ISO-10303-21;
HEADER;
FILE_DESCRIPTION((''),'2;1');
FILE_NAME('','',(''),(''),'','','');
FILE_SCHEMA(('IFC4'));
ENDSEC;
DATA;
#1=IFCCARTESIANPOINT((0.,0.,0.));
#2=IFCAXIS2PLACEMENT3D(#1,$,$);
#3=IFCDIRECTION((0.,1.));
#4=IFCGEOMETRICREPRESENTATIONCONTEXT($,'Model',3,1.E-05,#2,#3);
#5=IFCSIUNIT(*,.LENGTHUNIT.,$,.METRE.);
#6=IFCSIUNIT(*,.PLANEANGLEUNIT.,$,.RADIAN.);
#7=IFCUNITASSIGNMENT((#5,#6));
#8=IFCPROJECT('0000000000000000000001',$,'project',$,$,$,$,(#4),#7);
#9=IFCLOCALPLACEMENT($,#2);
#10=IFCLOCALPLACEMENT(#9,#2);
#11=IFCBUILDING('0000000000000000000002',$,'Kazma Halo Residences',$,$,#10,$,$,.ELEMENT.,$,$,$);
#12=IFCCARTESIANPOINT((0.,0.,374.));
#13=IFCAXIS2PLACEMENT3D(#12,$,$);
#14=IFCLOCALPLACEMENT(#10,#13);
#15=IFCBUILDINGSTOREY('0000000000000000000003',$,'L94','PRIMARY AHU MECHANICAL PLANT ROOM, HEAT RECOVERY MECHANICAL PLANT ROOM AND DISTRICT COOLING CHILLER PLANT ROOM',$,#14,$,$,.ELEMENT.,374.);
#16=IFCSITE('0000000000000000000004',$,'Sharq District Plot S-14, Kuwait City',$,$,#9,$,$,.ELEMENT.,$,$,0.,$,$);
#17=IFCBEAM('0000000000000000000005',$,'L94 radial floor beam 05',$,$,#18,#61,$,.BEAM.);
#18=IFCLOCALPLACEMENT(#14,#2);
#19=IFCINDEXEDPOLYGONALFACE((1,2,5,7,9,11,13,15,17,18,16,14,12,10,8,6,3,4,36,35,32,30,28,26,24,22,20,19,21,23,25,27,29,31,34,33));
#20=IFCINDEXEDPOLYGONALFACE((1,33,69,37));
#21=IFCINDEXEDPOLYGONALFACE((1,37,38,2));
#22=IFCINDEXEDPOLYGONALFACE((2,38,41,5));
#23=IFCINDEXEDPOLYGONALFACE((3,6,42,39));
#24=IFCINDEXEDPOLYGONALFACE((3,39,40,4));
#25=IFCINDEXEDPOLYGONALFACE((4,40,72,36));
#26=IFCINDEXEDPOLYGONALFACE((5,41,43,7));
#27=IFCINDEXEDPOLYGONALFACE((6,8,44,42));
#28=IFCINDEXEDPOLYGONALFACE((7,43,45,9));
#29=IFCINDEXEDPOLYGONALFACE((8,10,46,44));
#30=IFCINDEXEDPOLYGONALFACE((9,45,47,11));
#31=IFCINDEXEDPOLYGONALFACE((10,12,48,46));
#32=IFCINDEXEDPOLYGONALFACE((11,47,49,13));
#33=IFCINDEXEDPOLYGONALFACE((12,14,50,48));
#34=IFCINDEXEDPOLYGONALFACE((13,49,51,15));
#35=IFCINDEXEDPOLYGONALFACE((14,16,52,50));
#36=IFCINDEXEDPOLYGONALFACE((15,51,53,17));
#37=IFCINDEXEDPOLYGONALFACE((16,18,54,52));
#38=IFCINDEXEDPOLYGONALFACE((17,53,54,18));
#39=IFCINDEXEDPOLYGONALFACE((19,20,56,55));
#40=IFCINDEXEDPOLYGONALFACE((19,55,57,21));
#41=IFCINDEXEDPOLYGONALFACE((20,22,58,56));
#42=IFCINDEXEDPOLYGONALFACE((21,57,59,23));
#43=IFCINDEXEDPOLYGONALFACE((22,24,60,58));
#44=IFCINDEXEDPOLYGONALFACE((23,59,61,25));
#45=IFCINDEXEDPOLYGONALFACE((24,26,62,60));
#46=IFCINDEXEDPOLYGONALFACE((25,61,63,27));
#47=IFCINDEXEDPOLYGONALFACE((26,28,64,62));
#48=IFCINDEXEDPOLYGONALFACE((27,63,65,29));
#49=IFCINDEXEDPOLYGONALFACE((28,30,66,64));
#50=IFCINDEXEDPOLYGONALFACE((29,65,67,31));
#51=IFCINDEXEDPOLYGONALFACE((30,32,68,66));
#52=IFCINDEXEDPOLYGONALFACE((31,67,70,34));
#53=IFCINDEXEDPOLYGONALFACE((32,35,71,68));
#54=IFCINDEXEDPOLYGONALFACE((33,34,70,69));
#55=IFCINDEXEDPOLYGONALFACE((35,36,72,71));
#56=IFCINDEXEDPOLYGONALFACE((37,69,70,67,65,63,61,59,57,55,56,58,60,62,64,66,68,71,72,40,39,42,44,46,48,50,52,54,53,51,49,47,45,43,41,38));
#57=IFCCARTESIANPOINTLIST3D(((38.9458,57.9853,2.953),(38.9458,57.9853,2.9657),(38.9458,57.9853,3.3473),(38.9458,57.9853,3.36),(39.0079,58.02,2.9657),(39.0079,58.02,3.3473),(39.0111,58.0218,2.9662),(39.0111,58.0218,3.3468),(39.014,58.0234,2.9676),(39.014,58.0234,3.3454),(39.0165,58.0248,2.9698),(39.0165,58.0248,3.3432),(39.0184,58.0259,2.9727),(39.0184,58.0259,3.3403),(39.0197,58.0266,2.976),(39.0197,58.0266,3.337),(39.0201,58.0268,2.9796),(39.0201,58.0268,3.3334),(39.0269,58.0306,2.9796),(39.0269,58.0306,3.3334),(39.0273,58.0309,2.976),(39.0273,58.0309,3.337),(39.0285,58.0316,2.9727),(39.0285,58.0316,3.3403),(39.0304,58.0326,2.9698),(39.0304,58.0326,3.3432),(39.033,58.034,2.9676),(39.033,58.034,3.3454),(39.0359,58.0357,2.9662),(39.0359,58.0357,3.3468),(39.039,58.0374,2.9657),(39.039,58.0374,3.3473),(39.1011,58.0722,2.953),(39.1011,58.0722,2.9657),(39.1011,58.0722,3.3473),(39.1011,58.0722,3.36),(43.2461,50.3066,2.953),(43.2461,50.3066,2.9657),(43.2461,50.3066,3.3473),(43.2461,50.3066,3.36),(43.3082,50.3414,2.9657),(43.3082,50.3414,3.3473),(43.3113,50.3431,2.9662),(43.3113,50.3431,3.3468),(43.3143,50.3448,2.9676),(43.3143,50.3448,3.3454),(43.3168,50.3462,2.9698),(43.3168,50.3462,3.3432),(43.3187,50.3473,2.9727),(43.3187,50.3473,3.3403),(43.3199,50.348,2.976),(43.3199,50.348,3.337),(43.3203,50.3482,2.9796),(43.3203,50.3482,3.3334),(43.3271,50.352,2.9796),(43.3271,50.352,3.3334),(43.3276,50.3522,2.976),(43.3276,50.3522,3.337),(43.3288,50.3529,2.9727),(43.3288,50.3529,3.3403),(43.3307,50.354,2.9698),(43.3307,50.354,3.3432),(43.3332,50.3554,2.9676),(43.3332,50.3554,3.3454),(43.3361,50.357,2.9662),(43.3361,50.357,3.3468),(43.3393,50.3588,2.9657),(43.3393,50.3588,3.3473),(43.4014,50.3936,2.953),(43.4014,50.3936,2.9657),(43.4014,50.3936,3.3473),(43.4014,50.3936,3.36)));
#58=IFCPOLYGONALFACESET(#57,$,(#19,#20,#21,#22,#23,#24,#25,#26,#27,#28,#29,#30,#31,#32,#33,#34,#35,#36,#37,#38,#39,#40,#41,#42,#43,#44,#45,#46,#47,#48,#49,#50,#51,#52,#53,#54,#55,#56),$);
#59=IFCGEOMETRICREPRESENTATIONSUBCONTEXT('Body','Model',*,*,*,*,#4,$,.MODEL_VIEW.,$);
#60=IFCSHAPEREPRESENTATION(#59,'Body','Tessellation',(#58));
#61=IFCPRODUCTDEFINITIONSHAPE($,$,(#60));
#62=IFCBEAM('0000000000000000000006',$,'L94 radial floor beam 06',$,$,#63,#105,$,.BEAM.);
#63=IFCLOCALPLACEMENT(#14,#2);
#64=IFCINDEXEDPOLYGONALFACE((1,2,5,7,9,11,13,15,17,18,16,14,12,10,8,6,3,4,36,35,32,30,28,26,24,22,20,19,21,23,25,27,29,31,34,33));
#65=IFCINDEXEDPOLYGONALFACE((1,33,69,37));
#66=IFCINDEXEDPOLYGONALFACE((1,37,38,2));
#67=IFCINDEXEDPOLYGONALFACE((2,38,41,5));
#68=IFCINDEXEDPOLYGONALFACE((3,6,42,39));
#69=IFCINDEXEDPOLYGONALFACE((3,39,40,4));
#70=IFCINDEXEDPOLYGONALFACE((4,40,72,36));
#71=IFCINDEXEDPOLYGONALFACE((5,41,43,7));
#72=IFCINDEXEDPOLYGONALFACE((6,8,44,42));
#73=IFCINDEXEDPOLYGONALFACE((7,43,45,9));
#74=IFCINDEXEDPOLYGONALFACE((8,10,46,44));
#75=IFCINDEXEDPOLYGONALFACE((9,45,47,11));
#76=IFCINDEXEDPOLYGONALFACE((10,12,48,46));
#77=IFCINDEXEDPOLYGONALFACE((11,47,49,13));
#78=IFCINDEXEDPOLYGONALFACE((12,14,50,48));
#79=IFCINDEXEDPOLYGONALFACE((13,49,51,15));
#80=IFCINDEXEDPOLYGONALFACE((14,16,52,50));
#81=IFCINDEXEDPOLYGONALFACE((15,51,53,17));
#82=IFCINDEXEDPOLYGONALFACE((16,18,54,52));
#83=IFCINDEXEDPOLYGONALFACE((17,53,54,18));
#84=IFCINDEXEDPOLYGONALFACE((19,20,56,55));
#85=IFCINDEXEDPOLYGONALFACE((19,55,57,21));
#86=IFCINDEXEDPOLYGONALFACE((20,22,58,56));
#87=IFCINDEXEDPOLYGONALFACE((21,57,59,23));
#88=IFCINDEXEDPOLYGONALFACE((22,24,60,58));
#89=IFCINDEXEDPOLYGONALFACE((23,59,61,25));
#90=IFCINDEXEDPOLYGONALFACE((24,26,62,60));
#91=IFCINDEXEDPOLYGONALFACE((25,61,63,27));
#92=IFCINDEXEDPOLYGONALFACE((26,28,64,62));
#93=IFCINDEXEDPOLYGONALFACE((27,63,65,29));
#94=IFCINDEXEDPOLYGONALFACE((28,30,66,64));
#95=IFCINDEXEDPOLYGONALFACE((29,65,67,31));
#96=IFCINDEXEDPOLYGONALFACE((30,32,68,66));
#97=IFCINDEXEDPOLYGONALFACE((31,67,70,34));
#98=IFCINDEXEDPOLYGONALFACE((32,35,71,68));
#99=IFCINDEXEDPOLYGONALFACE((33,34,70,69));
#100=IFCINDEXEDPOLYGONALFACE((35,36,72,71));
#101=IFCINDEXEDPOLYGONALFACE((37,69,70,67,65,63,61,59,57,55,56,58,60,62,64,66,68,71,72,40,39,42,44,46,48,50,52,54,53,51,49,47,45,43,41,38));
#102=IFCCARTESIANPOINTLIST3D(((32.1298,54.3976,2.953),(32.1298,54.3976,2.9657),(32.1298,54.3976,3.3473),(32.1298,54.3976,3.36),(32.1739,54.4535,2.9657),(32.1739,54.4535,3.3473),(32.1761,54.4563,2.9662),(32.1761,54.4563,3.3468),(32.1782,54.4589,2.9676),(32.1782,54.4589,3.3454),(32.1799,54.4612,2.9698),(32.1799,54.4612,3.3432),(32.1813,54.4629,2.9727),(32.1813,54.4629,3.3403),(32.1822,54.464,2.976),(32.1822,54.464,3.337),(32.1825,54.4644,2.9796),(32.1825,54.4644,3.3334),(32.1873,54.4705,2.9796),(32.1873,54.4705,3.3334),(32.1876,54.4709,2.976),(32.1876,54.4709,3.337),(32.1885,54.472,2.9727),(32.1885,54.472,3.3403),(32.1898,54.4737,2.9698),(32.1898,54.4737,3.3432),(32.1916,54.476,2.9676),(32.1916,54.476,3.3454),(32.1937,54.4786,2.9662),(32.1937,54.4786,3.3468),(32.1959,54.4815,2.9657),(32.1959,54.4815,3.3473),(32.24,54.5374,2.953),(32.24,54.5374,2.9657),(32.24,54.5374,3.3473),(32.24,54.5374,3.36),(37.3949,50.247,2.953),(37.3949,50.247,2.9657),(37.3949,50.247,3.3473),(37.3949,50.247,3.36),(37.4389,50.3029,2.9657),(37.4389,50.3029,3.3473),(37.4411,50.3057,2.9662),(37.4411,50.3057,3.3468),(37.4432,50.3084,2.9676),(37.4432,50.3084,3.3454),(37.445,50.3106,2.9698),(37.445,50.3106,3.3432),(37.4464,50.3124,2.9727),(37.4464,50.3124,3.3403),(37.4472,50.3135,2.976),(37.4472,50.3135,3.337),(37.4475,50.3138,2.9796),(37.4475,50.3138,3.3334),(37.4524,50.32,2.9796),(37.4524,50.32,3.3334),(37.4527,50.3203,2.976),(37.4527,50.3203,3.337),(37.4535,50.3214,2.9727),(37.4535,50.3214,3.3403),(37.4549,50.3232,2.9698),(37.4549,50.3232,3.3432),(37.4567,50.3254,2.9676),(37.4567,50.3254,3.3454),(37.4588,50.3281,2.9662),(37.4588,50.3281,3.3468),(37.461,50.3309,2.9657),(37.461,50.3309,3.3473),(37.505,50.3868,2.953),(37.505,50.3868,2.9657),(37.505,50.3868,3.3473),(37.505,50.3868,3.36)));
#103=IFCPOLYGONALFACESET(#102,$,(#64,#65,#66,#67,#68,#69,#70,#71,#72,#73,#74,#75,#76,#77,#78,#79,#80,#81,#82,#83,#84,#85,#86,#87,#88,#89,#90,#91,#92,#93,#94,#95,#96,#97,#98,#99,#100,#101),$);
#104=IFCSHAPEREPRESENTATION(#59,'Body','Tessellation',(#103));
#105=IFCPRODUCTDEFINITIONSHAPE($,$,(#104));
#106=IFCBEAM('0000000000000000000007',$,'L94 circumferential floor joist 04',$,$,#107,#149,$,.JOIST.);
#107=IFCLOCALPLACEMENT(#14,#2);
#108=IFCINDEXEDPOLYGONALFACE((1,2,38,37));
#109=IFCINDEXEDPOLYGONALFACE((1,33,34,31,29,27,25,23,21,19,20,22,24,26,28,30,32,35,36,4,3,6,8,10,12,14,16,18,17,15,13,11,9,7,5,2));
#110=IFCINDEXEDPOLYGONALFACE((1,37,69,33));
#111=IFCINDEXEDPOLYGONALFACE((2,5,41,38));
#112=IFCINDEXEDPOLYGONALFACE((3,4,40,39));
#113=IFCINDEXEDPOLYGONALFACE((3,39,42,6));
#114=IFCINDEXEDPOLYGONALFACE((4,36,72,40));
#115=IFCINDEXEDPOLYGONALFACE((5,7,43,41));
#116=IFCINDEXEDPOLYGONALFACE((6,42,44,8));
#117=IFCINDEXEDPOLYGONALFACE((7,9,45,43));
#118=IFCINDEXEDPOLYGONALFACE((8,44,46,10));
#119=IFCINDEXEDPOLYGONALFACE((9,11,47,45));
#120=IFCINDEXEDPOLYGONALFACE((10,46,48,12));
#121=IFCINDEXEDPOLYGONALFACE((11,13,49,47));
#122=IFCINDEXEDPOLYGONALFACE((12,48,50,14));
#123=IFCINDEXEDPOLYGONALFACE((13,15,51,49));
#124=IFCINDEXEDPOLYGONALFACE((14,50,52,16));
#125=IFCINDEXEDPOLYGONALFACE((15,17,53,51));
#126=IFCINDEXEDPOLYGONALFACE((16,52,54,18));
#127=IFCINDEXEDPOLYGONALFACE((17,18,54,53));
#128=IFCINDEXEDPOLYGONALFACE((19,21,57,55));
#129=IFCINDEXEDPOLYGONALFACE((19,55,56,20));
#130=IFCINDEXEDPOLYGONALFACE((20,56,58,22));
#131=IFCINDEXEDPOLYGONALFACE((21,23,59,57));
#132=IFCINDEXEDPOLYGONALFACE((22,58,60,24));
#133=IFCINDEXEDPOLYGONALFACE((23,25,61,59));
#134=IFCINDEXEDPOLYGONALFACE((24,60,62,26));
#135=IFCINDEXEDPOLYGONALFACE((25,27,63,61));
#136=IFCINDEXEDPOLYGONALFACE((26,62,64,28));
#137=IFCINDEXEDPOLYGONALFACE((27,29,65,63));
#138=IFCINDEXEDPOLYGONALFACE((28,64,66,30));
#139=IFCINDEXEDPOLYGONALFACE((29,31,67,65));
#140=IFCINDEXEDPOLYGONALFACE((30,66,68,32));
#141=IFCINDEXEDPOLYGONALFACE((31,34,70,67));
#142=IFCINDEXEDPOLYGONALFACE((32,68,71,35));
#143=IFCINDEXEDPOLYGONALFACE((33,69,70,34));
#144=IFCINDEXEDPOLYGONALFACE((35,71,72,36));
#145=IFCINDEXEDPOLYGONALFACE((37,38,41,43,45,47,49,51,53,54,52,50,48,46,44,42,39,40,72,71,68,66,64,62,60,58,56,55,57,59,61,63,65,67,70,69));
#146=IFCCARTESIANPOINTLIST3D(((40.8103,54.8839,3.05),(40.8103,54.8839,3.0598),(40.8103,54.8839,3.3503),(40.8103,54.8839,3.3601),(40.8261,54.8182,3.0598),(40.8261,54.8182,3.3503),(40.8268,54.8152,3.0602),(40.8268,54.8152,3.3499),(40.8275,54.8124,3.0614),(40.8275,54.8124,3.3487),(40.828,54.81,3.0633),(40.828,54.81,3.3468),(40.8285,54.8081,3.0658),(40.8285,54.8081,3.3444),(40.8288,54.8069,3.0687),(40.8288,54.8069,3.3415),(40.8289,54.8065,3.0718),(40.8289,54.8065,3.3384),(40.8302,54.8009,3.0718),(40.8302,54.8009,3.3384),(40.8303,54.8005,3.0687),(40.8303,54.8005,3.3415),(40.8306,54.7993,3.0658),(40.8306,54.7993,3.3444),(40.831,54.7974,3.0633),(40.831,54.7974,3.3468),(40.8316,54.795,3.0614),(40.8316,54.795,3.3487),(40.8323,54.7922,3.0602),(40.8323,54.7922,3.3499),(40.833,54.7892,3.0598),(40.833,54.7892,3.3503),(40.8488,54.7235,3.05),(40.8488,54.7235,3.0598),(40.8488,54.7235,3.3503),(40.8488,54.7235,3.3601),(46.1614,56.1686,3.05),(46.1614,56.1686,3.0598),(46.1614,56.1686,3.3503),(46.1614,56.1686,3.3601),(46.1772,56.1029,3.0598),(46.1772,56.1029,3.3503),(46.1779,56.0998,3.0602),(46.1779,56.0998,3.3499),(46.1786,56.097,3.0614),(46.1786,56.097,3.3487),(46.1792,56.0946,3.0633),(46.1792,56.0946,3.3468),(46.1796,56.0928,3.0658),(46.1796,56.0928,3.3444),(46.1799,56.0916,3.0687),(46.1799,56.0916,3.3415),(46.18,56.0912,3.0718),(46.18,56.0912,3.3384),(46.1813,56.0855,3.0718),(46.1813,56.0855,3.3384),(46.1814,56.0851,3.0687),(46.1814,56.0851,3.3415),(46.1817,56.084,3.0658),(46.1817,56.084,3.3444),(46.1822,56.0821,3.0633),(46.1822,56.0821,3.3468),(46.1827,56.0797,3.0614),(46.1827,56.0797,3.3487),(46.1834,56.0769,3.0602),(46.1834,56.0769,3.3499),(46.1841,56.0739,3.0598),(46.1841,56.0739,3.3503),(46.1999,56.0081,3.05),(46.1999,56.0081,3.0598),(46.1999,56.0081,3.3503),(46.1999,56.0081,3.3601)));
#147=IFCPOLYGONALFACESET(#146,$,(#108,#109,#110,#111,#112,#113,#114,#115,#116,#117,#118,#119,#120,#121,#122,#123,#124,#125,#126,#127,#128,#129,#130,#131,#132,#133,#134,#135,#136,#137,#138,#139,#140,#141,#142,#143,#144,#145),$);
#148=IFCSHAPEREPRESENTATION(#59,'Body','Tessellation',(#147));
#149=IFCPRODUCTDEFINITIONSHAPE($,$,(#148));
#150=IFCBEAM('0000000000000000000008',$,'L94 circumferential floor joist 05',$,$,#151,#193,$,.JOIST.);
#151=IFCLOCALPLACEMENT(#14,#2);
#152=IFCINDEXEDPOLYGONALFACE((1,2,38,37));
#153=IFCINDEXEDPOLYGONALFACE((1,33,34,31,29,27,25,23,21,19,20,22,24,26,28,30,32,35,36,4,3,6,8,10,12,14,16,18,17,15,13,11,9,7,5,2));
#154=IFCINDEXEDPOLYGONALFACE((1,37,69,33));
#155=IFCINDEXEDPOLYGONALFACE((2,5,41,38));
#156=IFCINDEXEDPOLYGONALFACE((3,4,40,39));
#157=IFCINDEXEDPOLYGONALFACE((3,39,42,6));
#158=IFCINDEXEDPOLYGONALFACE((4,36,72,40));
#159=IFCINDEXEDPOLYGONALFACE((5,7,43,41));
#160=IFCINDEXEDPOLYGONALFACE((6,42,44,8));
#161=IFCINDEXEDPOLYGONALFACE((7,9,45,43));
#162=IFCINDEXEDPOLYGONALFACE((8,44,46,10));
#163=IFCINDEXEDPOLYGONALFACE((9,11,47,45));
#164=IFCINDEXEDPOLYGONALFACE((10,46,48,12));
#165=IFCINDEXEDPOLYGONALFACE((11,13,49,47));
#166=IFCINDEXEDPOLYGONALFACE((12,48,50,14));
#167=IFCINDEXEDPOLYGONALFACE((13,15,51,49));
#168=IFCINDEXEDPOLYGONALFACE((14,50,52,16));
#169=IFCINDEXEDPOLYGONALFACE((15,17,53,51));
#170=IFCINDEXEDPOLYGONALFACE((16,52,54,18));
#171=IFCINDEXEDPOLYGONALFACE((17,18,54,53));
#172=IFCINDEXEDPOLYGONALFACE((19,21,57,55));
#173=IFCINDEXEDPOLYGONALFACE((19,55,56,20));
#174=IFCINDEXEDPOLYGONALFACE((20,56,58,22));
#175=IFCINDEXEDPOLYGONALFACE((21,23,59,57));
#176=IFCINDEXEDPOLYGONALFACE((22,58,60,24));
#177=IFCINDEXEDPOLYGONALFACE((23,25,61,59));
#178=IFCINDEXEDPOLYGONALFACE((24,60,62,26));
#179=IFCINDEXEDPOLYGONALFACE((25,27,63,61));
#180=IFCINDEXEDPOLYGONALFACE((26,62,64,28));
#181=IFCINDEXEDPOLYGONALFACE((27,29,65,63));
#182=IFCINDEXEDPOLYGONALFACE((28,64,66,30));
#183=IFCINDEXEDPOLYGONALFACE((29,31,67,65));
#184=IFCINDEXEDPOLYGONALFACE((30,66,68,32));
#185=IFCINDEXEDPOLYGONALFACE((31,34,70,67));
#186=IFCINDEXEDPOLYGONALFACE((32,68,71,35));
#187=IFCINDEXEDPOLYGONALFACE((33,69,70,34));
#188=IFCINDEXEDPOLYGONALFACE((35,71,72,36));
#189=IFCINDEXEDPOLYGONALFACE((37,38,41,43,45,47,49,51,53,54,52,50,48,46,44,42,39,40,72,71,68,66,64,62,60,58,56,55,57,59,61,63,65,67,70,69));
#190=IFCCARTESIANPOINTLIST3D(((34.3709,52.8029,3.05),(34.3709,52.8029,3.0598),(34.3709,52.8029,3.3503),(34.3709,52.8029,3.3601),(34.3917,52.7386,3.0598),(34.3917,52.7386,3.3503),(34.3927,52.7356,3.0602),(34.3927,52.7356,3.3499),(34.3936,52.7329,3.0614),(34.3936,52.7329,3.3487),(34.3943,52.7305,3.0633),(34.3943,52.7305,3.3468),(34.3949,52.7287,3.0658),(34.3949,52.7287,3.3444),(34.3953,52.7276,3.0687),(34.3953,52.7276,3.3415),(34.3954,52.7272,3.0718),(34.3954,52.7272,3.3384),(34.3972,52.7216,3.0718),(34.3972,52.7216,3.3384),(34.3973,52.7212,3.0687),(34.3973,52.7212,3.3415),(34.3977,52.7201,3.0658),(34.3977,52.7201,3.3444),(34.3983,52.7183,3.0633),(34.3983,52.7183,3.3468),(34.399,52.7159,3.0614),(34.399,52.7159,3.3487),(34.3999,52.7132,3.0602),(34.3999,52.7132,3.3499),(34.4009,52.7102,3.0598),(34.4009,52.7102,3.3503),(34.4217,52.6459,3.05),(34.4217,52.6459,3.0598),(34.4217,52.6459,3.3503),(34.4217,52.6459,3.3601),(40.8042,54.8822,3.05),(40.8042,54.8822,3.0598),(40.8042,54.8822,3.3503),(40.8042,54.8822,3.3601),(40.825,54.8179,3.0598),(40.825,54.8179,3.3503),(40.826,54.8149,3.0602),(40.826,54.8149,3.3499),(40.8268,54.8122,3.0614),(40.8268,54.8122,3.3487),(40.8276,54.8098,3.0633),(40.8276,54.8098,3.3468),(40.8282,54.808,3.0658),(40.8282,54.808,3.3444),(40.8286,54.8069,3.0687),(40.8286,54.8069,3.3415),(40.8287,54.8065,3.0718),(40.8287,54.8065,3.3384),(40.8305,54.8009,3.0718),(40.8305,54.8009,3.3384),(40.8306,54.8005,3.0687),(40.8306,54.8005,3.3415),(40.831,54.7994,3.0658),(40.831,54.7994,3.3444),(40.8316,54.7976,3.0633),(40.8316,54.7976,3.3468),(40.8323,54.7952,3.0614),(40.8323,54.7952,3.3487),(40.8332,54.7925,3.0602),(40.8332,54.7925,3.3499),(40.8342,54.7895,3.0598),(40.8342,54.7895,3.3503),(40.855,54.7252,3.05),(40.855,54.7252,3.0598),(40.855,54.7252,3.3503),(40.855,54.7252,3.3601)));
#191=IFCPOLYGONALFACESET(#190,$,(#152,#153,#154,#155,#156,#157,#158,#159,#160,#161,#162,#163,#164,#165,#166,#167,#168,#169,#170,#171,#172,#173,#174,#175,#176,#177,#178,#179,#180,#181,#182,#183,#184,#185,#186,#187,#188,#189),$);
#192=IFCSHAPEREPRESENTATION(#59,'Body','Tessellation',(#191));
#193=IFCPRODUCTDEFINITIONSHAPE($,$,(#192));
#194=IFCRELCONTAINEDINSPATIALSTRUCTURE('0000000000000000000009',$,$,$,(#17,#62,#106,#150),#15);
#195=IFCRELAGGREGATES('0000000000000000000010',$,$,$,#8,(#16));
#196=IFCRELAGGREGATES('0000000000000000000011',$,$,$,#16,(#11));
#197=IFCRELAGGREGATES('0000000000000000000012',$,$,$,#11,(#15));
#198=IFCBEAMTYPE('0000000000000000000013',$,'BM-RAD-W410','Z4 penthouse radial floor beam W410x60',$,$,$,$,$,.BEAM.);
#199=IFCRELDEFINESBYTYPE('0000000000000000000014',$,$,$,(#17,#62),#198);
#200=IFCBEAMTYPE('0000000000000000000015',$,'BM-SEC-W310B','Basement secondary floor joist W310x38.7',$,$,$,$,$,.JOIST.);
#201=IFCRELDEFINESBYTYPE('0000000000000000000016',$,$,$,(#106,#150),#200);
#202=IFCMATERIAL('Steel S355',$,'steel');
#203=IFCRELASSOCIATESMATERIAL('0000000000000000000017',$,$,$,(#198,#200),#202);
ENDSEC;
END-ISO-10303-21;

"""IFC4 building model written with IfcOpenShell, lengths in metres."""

from ifc_helpers import new_model, si_unit, direction, frame, origin, origin_2d, place, context, subcontext, project, spatial, i_section, extrude, material, material_profile, profile_set, type_object, element, save


model = new_model("IFC4")

# Units and contexts
model_context = context("Model", 3, precision=1e-05, world=origin(), true_north=direction((0.0, 1.0)))
body_context = subcontext(model_context, "Body", "Model", "MODEL_VIEW")
ifc_project = project(units=[si_unit("LENGTHUNIT", "METRE"), si_unit("PLANEANGLEUNIT", "RADIAN")], contexts=[model_context])

# Site, building, storey
site_placement = place(None, origin())
site = spatial("IfcSite", under=ifc_project, at=site_placement, Name="Sharq District Plot S-14, Kuwait City", CompositionType="ELEMENT", RefElevation=0.0)
building_placement = place(site_placement, origin())
building = spatial("IfcBuilding", under=site, at=building_placement, Name="Kazma Halo Residences", CompositionType="ELEMENT")
storey_placement = place(building_placement, frame((0.0, 0.0, 374.0)))
storey = spatial("IfcBuildingStorey", under=building, at=storey_placement, Name="L94", Description="PRIMARY AHU MECHANICAL PLANT ROOM, HEAT RECOVERY MECHANICAL PLANT ROOM AND DISTRICT COOLING CHILLER PLANT ROOM", CompositionType="ELEMENT", Elevation=374.0)

# Shared definitions
ifc_material_1 = material(Name="Steel S355", Category="steel")

# Beams
ifc_material_profile_1 = material_profile(ifc_material_1, i_section(OverallWidth=0.178, OverallDepth=0.407, WebThickness=0.0078, FlangeThickness=0.0127, FilletRadius=0.0139, at=origin_2d()), Name="W410x60")
ifc_profile_set_1 = profile_set([ifc_material_profile_1], Name="Steel S355")
beam_type_1 = type_object("IfcBeamType", Name="BM-RAD-W410", Description="Z4 penthouse radial floor beam W410x60", PredefinedType="BEAM", material=ifc_profile_set_1)
beam_1_placement = place(storey_placement, frame((43.3237, 50.3501, 3.1565), z_axis=(-0.488622, 0.872496, 0.0), x_axis=(-0.872496, -0.488622, 0.0)))
element("IfcBeam", 1, at=beam_1_placement, inside=storey, type_object=beam_type_1, Name="L94 radial floor beam 05", PredefinedType="BEAM", context=body_context, shape_type="SweptSolid", body=[
    extrude(i_section(OverallWidth=0.178, OverallDepth=0.407, WebThickness=0.0078, FlangeThickness=0.0127, FilletRadius=0.0139, at=origin_2d()), origin(), (0.0, 0.0, 1.0), 8.8008),
])
beam_2_placement = place(storey_placement, frame((37.45, 50.3169, 3.1565), z_axis=(-0.785322, 0.619088, 0.0), x_axis=(-0.619088, -0.785322, 0.0)))
element("IfcBeam", 2, at=beam_2_placement, inside=storey, type_object=beam_type_1, Name="L94 radial floor beam 06", PredefinedType="BEAM", context=body_context, shape_type="SweptSolid", body=[
    extrude(i_section(OverallWidth=0.178, OverallDepth=0.407, WebThickness=0.0078, FlangeThickness=0.0127, FilletRadius=0.0139, at=origin_2d()), origin(), (0.0, 0.0, 1.0), 6.7043),
])
ifc_material_profile_2 = material_profile(ifc_material_1, i_section(OverallWidth=0.165, OverallDepth=0.3101, WebThickness=0.0059, FlangeThickness=0.0098, FilletRadius=0.012, at=origin_2d()), Name="W310x38.7")
ifc_profile_set_2 = profile_set([ifc_material_profile_2], Name="Steel S355")
beam_type_2 = type_object("IfcBeamType", Name="BM-SEC-W310B", Description="Basement secondary floor joist W310x38.7", PredefinedType="JOIST", material=ifc_profile_set_2)
beam_3_placement = place(storey_placement, frame((46.1807, 56.0884, 3.2051), z_axis=(-0.97237, -0.233443, 0.0), x_axis=(0.233443, -0.97237, 0.0)))
element("IfcBeam", 3, at=beam_3_placement, inside=storey, type_object=beam_type_2, Name="L94 circumferential floor joist 04", PredefinedType="JOIST", context=body_context, shape_type="SweptSolid", body=[
    extrude(i_section(OverallWidth=0.165, OverallDepth=0.3101, WebThickness=0.0059, FlangeThickness=0.0098, FilletRadius=0.012, at=origin_2d()), origin(), (0.0, 0.0, 1.0), 5.5032),
])
beam_4_placement = place(storey_placement, frame((40.8296, 54.8037, 3.2051), z_axis=(-0.951533, -0.307548, 0.0), x_axis=(0.307548, -0.951533, 0.0)))
element("IfcBeam", 4, at=beam_4_placement, inside=storey, type_object=beam_type_2, Name="L94 circumferential floor joist 05", PredefinedType="JOIST", context=body_context, shape_type="SweptSolid", body=[
    extrude(i_section(OverallWidth=0.165, OverallDepth=0.3101, WebThickness=0.0059, FlangeThickness=0.0098, FilletRadius=0.012, at=origin_2d()), origin(), (0.0, 0.0, 1.0), 6.761),
])

save(model, "model.ifc")
